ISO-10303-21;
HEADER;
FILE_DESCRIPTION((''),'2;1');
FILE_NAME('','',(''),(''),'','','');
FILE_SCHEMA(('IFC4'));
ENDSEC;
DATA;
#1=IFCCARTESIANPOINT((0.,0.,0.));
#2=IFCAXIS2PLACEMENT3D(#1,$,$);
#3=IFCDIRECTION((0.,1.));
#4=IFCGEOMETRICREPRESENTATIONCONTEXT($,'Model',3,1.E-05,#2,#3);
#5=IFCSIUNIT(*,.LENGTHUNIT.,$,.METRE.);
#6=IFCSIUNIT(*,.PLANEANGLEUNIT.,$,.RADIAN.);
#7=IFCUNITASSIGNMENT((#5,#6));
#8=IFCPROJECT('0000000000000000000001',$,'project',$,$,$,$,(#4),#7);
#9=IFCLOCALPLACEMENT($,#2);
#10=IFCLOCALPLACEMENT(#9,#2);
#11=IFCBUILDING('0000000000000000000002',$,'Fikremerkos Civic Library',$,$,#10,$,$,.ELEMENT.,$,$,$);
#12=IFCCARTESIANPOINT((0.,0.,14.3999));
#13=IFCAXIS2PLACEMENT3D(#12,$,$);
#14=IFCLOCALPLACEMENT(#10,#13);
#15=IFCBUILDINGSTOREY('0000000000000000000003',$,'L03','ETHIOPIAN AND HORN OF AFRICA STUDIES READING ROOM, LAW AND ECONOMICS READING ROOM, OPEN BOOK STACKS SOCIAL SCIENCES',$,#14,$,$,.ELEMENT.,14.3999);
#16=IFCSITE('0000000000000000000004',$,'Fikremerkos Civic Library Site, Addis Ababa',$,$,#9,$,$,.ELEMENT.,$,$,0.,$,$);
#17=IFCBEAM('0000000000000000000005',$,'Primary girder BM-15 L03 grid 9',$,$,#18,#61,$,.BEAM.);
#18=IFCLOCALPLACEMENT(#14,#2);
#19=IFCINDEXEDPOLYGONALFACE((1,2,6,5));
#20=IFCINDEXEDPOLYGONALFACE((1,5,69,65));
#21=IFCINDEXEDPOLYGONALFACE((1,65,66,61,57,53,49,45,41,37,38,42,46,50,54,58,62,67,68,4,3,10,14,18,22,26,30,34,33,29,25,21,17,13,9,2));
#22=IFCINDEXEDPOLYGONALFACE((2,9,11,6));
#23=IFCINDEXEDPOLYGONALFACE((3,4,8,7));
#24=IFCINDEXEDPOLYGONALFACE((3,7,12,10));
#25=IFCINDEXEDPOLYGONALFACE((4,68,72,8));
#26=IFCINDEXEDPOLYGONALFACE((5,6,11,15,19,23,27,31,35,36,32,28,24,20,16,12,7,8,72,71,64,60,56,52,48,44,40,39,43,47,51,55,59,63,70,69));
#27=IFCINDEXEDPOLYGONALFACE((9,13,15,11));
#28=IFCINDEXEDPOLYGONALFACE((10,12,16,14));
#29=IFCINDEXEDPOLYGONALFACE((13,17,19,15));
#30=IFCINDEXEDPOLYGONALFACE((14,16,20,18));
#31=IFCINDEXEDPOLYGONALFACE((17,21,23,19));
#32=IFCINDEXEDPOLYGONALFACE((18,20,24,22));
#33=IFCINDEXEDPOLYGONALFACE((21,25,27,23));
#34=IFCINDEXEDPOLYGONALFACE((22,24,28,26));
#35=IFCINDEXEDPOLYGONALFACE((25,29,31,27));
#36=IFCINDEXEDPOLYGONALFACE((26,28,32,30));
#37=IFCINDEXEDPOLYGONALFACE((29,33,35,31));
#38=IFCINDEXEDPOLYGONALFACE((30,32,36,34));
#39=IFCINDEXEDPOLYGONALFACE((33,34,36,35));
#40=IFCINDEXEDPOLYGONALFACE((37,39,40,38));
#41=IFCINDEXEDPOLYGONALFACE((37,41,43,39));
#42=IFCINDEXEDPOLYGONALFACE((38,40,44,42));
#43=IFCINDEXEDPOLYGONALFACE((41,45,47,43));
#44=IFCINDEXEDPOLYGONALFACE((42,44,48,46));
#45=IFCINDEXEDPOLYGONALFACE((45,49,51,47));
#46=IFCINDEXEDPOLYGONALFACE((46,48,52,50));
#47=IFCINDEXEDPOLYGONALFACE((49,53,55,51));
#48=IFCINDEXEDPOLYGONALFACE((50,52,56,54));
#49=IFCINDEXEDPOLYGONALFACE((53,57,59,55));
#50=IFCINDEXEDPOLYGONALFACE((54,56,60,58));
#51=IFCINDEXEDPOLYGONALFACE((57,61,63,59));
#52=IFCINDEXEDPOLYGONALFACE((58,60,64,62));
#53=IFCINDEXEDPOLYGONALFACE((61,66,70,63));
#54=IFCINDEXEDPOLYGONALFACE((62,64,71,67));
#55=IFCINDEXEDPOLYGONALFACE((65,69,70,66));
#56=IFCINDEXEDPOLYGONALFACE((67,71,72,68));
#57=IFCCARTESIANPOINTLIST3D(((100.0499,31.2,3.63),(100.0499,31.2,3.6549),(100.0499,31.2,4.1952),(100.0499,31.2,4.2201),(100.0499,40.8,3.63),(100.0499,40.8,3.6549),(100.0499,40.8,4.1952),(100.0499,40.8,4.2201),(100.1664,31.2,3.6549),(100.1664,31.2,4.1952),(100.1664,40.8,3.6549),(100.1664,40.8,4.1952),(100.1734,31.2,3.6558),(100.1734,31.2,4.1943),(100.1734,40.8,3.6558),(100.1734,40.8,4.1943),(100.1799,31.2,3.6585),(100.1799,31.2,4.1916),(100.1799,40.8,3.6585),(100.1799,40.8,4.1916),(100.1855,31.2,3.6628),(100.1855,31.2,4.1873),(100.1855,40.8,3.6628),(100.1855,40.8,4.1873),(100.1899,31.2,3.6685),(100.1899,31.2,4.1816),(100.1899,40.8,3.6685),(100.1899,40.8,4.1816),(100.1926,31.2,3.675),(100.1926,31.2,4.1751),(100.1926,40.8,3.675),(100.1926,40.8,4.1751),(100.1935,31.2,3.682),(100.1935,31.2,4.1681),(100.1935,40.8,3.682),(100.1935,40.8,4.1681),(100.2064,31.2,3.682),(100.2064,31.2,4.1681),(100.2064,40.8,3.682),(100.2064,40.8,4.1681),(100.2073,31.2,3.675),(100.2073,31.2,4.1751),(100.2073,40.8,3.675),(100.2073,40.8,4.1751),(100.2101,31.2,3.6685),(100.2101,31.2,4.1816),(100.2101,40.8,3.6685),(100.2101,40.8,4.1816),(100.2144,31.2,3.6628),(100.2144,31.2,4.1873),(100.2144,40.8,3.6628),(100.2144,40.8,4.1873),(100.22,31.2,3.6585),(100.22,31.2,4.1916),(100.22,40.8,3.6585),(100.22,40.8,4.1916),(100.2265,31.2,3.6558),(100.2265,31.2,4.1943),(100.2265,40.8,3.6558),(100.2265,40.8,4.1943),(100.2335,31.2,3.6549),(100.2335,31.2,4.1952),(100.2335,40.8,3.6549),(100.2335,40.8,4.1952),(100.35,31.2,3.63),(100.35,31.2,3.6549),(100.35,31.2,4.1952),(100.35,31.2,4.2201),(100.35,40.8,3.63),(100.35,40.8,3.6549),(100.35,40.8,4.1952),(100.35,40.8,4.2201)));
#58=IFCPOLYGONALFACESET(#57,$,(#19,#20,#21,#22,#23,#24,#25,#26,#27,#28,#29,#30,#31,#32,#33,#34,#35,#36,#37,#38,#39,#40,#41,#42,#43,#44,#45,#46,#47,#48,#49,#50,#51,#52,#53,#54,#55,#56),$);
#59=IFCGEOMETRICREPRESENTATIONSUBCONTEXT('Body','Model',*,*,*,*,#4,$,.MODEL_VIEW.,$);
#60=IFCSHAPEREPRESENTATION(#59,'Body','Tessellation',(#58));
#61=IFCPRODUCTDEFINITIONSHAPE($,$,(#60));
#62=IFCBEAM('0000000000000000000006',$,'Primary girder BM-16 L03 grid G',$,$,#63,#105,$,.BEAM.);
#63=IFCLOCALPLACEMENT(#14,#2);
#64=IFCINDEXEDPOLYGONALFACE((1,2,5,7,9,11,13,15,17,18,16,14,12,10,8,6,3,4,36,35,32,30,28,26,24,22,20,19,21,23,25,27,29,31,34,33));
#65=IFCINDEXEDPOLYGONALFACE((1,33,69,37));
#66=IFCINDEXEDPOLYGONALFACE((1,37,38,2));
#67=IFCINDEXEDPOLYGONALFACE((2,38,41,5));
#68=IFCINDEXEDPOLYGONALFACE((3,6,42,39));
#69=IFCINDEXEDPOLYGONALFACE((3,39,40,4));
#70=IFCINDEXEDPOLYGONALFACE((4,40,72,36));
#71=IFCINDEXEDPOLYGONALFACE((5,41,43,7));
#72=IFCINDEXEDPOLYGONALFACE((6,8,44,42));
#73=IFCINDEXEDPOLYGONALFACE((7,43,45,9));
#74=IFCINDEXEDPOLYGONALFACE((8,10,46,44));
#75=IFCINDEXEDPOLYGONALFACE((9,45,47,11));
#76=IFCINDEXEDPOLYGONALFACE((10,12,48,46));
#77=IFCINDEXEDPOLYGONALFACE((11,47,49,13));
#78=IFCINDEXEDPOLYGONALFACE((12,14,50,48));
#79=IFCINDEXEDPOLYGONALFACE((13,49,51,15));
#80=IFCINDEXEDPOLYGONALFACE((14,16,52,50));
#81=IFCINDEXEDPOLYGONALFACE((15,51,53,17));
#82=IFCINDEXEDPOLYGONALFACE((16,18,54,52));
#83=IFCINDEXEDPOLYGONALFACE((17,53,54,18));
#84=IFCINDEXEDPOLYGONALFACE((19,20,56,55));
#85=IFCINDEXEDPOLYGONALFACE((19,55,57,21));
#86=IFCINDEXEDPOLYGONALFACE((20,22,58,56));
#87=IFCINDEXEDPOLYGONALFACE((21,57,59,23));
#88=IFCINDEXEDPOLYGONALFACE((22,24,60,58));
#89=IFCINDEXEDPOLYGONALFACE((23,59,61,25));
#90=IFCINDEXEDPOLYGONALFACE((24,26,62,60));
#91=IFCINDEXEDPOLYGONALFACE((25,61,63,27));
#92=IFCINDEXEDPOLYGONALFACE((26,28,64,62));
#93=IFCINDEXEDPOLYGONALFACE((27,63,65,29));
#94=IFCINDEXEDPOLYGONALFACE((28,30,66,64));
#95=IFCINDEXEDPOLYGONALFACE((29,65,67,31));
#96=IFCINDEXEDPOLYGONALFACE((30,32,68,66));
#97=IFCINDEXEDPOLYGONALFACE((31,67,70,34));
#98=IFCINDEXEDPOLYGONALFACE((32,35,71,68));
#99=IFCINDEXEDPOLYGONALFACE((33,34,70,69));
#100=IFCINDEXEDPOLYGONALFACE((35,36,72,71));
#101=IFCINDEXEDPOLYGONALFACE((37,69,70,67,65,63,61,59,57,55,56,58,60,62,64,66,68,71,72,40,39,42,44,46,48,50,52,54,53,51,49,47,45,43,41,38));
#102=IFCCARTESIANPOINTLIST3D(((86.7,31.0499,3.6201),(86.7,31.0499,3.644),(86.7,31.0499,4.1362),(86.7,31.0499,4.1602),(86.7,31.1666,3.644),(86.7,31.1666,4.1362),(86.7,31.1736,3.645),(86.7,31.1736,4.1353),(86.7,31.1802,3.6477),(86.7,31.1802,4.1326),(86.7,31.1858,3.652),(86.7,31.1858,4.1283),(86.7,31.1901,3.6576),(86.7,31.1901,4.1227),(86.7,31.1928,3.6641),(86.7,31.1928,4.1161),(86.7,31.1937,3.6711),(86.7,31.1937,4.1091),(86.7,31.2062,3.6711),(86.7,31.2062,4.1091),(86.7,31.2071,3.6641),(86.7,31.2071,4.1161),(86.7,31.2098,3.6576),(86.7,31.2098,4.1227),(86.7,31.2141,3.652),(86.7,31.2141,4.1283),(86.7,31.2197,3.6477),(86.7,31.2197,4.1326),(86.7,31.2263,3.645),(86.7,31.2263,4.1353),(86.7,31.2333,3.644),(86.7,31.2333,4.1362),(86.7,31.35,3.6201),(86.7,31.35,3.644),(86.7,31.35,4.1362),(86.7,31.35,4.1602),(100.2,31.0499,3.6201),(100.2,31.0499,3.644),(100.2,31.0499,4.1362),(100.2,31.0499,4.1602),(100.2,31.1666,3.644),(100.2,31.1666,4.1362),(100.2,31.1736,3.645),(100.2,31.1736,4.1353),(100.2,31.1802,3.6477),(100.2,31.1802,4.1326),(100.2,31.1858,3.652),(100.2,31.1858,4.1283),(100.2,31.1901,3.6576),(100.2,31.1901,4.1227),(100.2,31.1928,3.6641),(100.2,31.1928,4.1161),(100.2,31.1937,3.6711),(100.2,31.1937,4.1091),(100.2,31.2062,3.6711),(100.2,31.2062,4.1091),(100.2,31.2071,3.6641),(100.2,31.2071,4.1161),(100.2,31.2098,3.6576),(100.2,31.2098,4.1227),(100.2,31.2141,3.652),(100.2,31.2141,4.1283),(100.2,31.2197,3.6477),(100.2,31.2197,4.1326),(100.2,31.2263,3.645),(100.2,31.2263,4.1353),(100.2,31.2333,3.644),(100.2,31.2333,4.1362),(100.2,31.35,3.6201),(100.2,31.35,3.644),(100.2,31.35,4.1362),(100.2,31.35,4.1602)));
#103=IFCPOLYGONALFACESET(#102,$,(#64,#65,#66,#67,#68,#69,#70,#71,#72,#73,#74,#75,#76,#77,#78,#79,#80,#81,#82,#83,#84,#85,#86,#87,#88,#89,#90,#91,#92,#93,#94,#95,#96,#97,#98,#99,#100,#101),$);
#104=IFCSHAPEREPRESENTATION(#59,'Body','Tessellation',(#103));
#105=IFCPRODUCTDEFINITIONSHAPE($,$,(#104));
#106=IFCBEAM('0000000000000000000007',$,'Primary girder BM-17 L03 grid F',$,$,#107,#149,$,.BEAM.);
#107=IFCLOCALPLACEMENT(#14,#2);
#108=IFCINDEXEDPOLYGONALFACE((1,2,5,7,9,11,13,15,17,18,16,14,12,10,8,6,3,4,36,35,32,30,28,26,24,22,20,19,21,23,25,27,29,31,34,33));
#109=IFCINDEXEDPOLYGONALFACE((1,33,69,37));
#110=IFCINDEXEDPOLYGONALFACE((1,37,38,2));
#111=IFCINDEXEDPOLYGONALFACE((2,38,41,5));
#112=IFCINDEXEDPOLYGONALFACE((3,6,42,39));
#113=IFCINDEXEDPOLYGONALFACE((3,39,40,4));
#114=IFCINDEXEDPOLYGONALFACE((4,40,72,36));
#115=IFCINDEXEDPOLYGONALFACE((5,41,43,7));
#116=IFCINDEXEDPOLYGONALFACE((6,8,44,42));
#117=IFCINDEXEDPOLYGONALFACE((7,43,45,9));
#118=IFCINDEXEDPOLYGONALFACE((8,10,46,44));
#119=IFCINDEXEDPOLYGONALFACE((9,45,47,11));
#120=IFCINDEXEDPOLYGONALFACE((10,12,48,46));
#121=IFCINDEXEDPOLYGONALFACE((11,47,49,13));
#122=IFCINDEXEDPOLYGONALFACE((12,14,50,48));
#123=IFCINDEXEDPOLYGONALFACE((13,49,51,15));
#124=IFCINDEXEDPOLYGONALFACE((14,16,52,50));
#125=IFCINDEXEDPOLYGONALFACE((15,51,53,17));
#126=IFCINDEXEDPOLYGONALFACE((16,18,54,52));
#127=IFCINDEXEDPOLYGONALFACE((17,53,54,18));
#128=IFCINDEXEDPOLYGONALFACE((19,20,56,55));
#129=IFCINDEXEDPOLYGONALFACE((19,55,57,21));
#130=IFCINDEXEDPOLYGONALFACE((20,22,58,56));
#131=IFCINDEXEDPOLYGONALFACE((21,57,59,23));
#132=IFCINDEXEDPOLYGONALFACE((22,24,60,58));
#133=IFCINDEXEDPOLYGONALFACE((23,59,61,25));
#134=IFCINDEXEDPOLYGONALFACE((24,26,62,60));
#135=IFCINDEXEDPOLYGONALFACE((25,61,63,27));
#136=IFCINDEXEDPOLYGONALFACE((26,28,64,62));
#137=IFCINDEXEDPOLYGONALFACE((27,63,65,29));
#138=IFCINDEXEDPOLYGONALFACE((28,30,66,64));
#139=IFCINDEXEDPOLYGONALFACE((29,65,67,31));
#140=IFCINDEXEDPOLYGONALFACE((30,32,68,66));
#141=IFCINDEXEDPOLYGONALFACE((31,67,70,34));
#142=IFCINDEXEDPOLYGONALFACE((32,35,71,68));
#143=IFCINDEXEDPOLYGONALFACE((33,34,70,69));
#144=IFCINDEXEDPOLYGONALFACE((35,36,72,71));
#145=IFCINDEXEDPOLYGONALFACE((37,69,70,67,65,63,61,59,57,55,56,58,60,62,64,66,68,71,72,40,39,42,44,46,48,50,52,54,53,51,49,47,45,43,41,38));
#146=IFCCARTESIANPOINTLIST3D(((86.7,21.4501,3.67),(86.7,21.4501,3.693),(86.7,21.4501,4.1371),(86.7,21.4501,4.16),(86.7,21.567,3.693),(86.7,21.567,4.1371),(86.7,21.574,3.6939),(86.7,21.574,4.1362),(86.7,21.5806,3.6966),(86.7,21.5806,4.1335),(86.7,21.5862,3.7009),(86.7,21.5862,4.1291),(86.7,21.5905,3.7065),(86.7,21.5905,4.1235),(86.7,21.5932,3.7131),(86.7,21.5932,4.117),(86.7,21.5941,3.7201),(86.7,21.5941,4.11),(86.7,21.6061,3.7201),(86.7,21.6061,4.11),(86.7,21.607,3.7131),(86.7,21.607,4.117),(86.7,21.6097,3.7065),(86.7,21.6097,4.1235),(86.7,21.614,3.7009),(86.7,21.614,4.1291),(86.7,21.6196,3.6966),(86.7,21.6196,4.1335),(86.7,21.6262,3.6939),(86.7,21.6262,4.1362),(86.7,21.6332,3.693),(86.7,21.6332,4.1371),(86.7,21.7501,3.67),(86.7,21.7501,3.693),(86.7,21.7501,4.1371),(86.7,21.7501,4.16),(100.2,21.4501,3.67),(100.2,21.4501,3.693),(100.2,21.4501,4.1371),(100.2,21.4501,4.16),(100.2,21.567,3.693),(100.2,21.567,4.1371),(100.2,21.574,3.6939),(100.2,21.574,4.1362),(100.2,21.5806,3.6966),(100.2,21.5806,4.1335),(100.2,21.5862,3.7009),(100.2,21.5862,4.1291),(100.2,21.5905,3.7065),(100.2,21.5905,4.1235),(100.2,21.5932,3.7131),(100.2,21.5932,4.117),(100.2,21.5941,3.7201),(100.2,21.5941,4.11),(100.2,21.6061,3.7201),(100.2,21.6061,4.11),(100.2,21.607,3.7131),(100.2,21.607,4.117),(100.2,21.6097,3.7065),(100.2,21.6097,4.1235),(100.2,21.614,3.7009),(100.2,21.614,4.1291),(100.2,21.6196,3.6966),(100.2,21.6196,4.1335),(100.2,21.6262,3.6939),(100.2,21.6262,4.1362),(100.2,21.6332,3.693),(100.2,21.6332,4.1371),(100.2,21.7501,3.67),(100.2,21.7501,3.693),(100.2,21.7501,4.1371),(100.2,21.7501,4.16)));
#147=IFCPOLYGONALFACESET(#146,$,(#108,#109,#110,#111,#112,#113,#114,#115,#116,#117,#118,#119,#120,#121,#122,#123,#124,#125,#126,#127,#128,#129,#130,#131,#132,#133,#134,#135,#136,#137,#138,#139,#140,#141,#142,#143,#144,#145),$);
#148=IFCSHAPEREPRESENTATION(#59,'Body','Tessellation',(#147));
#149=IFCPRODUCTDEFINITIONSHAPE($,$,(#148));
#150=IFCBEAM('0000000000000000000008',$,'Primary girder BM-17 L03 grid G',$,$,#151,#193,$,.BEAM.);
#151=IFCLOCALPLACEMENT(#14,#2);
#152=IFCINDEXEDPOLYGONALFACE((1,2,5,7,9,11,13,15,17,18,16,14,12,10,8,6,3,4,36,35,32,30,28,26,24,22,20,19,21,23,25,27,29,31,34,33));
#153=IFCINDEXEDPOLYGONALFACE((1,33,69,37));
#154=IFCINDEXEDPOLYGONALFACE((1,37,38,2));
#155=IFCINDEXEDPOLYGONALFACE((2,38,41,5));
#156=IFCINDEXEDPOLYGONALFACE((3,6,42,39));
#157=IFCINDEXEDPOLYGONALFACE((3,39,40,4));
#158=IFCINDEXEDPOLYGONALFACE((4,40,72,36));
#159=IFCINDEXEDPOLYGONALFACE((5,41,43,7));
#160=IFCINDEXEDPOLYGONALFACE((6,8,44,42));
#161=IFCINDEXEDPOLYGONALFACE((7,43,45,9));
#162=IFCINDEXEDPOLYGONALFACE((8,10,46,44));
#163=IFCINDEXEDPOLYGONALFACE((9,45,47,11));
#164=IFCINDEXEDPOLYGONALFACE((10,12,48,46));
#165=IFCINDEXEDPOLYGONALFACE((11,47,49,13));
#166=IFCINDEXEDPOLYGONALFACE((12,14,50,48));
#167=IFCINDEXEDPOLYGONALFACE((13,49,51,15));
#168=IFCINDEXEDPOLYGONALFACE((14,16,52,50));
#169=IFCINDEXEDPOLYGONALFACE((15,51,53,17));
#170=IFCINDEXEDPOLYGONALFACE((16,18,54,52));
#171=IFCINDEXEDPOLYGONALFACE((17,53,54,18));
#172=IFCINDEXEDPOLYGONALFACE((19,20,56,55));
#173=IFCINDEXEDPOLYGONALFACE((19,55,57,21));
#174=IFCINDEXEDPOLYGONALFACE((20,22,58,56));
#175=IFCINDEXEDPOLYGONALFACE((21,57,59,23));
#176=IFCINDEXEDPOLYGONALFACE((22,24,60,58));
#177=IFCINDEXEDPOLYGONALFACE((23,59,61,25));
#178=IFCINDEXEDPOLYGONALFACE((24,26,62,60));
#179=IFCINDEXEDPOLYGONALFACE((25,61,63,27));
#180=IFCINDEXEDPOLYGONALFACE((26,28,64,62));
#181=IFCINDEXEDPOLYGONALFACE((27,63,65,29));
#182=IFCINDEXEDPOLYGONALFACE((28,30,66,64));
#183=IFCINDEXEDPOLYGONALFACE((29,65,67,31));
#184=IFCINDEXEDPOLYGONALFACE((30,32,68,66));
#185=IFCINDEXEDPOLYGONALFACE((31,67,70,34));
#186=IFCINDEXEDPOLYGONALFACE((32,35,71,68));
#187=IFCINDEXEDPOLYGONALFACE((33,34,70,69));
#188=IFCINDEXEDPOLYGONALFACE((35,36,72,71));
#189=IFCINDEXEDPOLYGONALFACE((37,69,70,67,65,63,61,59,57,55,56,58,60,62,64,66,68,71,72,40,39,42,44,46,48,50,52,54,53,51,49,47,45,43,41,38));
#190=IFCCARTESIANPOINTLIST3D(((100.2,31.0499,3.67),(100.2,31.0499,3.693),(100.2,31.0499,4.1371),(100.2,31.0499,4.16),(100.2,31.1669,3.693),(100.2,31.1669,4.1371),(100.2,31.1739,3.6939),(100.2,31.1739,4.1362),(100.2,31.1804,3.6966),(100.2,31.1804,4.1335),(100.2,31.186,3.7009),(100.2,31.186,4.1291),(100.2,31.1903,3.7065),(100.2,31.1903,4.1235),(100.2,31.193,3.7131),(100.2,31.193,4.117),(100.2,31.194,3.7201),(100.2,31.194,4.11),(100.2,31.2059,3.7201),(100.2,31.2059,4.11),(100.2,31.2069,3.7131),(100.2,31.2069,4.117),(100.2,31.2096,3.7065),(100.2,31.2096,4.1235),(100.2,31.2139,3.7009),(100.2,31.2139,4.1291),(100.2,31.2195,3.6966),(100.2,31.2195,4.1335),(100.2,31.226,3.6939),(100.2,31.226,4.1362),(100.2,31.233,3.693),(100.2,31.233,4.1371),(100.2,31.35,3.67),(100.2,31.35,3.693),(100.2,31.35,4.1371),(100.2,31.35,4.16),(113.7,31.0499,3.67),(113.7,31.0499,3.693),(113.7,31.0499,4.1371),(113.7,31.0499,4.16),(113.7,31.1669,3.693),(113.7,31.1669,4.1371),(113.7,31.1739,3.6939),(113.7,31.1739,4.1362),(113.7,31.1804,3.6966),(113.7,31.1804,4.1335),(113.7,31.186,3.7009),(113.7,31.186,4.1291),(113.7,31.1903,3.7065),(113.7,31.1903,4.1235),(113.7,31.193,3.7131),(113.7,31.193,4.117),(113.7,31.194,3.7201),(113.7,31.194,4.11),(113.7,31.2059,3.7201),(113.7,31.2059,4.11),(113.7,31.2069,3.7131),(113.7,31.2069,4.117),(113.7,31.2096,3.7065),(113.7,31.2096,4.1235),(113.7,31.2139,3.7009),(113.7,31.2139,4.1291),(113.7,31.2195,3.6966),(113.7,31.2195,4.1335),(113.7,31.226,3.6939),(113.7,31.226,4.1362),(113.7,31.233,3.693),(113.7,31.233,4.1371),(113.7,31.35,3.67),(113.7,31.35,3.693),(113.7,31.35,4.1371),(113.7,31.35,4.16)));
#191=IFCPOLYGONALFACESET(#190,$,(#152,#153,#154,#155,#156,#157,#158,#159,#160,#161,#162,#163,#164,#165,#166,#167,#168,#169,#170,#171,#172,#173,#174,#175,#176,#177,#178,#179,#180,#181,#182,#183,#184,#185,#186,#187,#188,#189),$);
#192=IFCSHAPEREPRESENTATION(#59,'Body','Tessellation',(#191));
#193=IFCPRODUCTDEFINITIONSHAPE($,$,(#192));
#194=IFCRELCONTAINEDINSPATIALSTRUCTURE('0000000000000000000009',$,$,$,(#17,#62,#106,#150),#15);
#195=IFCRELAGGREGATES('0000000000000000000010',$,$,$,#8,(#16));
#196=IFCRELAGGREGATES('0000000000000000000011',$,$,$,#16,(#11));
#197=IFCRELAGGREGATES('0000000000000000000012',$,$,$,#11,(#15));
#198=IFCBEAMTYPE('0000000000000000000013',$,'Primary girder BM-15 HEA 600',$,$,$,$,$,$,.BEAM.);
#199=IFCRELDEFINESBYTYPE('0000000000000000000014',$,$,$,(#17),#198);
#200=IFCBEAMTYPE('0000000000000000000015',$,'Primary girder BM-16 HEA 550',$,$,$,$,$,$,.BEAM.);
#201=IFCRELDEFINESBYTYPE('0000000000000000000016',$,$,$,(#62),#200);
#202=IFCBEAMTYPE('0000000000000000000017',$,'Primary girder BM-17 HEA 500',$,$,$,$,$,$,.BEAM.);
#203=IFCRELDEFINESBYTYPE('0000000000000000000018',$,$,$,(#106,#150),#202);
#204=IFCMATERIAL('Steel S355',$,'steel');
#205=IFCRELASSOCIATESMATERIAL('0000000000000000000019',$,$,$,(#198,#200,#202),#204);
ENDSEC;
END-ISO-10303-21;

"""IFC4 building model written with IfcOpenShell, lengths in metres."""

from ifc_helpers import new_model, si_unit, direction, frame, origin, origin_2d, place, context, subcontext, project, spatial, i_section, extrude, material, material_profile, profile_set, type_object, element, save


model = new_model("IFC4")

# Units and contexts
model_context = context("Model", 3, precision=1e-05, world=origin(), true_north=direction((0.0, 1.0)))
body_context = subcontext(model_context, "Body", "Model", "MODEL_VIEW")
ifc_project = project(units=[si_unit("LENGTHUNIT", "METRE"), si_unit("PLANEANGLEUNIT", "RADIAN")], contexts=[model_context])

# Site, building, storey
site_placement = place(None, origin())
site = spatial("IfcSite", under=ifc_project, at=site_placement, Name="Fikremerkos Civic Library Site, Addis Ababa", CompositionType="ELEMENT", RefElevation=0.0)
building_placement = place(site_placement, origin())
building = spatial("IfcBuilding", under=site, at=building_placement, Name="Fikremerkos Civic Library", CompositionType="ELEMENT")
storey_placement = place(building_placement, frame((0.0, 0.0, 14.3999)))
storey = spatial("IfcBuildingStorey", under=building, at=storey_placement, Name="L03", Description="ETHIOPIAN AND HORN OF AFRICA STUDIES READING ROOM, LAW AND ECONOMICS READING ROOM, OPEN BOOK STACKS SOCIAL SCIENCES", CompositionType="ELEMENT", Elevation=14.3999)

# Shared definitions
ifc_material_1 = material(Name="Steel S355", Category="steel")

# Beams
ifc_material_profile_1 = material_profile(ifc_material_1, i_section(OverallWidth=0.3, OverallDepth=0.5901, WebThickness=0.0129, FlangeThickness=0.0249, FilletRadius=0.0271, at=origin_2d()), Name="HEA 600")
ifc_profile_set_1 = profile_set([ifc_material_profile_1], Name="Steel S355")
beam_type_1 = type_object("IfcBeamType", Name="Primary girder BM-15 HEA 600", PredefinedType="BEAM", material=ifc_profile_set_1)
beam_1_placement = place(storey_placement, frame((100.2, 31.2, 3.925), z_axis=(0.0, 1.0, 0.0), x_axis=(-1.0, 0.0, 0.0)))
element("IfcBeam", 1, at=beam_1_placement, inside=storey, type_object=beam_type_1, Name="Primary girder BM-15 L03 grid 9", PredefinedType="BEAM", context=body_context, shape_type="SweptSolid", body=[
    extrude(i_section(OverallWidth=0.3, OverallDepth=0.5901, WebThickness=0.0129, FlangeThickness=0.0249, FilletRadius=0.0271, at=origin_2d()), origin(), (0.0, 0.0, 1.0), 9.6001),
])
ifc_material_profile_2 = material_profile(ifc_material_1, i_section(OverallWidth=0.3, OverallDepth=0.54, WebThickness=0.0125, FlangeThickness=0.0239, FilletRadius=0.0271, at=origin_2d()), Name="HEA 550")
ifc_profile_set_2 = profile_set([ifc_material_profile_2], Name="Steel S355")
beam_type_2 = type_object("IfcBeamType", Name="Primary girder BM-16 HEA 550", PredefinedType="BEAM", material=ifc_profile_set_2)
beam_2_placement = place(storey_placement, frame((86.7, 31.2, 3.8901), z_axis=(1.0, 0.0, 0.0), x_axis=(0.0, 1.0, 0.0)))
element("IfcBeam", 2, at=beam_2_placement, inside=storey, type_object=beam_type_2, Name="Primary girder BM-16 L03 grid G", PredefinedType="BEAM", context=body_context, shape_type="SweptSolid", body=[
    extrude(i_section(OverallWidth=0.3, OverallDepth=0.54, WebThickness=0.0125, FlangeThickness=0.0239, FilletRadius=0.0271, at=origin_2d()), origin(), (0.0, 0.0, 1.0), 13.5),
])
ifc_material_profile_3 = material_profile(ifc_material_1, i_section(OverallWidth=0.3, OverallDepth=0.49, WebThickness=0.012, FlangeThickness=0.0229, FilletRadius=0.0271, at=origin_2d()), Name="HEA 500")
ifc_profile_set_3 = profile_set([ifc_material_profile_3], Name="Steel S355")
beam_type_3 = type_object("IfcBeamType", Name="Primary girder BM-17 HEA 500", PredefinedType="BEAM", material=ifc_profile_set_3)
for number, where, z_axis, x_axis, name in (
    (3, (86.7, 21.6001, 3.915), (1.0, 0.0, 0.0), (0.0, 1.0, 0.0), "Primary girder BM-17 L03 grid F"),
    (4, (100.2, 31.2, 3.915), (1.0, 0.0, 0.0), (0.0, 1.0, 0.0), "Primary girder BM-17 L03 grid G"),
):
    element("IfcBeam", number, at=place(storey_placement, frame(where, z_axis=z_axis, x_axis=x_axis)), inside=storey, type_object=beam_type_3, Name=name, PredefinedType="BEAM", context=body_context, shape_type="SweptSolid", body=[
        extrude(i_section(OverallWidth=0.3, OverallDepth=0.49, WebThickness=0.012, FlangeThickness=0.0229, FilletRadius=0.0271, at=origin_2d()), origin(), (0.0, 0.0, 1.0), 13.5),
    ])

save(model, "model.ifc")
